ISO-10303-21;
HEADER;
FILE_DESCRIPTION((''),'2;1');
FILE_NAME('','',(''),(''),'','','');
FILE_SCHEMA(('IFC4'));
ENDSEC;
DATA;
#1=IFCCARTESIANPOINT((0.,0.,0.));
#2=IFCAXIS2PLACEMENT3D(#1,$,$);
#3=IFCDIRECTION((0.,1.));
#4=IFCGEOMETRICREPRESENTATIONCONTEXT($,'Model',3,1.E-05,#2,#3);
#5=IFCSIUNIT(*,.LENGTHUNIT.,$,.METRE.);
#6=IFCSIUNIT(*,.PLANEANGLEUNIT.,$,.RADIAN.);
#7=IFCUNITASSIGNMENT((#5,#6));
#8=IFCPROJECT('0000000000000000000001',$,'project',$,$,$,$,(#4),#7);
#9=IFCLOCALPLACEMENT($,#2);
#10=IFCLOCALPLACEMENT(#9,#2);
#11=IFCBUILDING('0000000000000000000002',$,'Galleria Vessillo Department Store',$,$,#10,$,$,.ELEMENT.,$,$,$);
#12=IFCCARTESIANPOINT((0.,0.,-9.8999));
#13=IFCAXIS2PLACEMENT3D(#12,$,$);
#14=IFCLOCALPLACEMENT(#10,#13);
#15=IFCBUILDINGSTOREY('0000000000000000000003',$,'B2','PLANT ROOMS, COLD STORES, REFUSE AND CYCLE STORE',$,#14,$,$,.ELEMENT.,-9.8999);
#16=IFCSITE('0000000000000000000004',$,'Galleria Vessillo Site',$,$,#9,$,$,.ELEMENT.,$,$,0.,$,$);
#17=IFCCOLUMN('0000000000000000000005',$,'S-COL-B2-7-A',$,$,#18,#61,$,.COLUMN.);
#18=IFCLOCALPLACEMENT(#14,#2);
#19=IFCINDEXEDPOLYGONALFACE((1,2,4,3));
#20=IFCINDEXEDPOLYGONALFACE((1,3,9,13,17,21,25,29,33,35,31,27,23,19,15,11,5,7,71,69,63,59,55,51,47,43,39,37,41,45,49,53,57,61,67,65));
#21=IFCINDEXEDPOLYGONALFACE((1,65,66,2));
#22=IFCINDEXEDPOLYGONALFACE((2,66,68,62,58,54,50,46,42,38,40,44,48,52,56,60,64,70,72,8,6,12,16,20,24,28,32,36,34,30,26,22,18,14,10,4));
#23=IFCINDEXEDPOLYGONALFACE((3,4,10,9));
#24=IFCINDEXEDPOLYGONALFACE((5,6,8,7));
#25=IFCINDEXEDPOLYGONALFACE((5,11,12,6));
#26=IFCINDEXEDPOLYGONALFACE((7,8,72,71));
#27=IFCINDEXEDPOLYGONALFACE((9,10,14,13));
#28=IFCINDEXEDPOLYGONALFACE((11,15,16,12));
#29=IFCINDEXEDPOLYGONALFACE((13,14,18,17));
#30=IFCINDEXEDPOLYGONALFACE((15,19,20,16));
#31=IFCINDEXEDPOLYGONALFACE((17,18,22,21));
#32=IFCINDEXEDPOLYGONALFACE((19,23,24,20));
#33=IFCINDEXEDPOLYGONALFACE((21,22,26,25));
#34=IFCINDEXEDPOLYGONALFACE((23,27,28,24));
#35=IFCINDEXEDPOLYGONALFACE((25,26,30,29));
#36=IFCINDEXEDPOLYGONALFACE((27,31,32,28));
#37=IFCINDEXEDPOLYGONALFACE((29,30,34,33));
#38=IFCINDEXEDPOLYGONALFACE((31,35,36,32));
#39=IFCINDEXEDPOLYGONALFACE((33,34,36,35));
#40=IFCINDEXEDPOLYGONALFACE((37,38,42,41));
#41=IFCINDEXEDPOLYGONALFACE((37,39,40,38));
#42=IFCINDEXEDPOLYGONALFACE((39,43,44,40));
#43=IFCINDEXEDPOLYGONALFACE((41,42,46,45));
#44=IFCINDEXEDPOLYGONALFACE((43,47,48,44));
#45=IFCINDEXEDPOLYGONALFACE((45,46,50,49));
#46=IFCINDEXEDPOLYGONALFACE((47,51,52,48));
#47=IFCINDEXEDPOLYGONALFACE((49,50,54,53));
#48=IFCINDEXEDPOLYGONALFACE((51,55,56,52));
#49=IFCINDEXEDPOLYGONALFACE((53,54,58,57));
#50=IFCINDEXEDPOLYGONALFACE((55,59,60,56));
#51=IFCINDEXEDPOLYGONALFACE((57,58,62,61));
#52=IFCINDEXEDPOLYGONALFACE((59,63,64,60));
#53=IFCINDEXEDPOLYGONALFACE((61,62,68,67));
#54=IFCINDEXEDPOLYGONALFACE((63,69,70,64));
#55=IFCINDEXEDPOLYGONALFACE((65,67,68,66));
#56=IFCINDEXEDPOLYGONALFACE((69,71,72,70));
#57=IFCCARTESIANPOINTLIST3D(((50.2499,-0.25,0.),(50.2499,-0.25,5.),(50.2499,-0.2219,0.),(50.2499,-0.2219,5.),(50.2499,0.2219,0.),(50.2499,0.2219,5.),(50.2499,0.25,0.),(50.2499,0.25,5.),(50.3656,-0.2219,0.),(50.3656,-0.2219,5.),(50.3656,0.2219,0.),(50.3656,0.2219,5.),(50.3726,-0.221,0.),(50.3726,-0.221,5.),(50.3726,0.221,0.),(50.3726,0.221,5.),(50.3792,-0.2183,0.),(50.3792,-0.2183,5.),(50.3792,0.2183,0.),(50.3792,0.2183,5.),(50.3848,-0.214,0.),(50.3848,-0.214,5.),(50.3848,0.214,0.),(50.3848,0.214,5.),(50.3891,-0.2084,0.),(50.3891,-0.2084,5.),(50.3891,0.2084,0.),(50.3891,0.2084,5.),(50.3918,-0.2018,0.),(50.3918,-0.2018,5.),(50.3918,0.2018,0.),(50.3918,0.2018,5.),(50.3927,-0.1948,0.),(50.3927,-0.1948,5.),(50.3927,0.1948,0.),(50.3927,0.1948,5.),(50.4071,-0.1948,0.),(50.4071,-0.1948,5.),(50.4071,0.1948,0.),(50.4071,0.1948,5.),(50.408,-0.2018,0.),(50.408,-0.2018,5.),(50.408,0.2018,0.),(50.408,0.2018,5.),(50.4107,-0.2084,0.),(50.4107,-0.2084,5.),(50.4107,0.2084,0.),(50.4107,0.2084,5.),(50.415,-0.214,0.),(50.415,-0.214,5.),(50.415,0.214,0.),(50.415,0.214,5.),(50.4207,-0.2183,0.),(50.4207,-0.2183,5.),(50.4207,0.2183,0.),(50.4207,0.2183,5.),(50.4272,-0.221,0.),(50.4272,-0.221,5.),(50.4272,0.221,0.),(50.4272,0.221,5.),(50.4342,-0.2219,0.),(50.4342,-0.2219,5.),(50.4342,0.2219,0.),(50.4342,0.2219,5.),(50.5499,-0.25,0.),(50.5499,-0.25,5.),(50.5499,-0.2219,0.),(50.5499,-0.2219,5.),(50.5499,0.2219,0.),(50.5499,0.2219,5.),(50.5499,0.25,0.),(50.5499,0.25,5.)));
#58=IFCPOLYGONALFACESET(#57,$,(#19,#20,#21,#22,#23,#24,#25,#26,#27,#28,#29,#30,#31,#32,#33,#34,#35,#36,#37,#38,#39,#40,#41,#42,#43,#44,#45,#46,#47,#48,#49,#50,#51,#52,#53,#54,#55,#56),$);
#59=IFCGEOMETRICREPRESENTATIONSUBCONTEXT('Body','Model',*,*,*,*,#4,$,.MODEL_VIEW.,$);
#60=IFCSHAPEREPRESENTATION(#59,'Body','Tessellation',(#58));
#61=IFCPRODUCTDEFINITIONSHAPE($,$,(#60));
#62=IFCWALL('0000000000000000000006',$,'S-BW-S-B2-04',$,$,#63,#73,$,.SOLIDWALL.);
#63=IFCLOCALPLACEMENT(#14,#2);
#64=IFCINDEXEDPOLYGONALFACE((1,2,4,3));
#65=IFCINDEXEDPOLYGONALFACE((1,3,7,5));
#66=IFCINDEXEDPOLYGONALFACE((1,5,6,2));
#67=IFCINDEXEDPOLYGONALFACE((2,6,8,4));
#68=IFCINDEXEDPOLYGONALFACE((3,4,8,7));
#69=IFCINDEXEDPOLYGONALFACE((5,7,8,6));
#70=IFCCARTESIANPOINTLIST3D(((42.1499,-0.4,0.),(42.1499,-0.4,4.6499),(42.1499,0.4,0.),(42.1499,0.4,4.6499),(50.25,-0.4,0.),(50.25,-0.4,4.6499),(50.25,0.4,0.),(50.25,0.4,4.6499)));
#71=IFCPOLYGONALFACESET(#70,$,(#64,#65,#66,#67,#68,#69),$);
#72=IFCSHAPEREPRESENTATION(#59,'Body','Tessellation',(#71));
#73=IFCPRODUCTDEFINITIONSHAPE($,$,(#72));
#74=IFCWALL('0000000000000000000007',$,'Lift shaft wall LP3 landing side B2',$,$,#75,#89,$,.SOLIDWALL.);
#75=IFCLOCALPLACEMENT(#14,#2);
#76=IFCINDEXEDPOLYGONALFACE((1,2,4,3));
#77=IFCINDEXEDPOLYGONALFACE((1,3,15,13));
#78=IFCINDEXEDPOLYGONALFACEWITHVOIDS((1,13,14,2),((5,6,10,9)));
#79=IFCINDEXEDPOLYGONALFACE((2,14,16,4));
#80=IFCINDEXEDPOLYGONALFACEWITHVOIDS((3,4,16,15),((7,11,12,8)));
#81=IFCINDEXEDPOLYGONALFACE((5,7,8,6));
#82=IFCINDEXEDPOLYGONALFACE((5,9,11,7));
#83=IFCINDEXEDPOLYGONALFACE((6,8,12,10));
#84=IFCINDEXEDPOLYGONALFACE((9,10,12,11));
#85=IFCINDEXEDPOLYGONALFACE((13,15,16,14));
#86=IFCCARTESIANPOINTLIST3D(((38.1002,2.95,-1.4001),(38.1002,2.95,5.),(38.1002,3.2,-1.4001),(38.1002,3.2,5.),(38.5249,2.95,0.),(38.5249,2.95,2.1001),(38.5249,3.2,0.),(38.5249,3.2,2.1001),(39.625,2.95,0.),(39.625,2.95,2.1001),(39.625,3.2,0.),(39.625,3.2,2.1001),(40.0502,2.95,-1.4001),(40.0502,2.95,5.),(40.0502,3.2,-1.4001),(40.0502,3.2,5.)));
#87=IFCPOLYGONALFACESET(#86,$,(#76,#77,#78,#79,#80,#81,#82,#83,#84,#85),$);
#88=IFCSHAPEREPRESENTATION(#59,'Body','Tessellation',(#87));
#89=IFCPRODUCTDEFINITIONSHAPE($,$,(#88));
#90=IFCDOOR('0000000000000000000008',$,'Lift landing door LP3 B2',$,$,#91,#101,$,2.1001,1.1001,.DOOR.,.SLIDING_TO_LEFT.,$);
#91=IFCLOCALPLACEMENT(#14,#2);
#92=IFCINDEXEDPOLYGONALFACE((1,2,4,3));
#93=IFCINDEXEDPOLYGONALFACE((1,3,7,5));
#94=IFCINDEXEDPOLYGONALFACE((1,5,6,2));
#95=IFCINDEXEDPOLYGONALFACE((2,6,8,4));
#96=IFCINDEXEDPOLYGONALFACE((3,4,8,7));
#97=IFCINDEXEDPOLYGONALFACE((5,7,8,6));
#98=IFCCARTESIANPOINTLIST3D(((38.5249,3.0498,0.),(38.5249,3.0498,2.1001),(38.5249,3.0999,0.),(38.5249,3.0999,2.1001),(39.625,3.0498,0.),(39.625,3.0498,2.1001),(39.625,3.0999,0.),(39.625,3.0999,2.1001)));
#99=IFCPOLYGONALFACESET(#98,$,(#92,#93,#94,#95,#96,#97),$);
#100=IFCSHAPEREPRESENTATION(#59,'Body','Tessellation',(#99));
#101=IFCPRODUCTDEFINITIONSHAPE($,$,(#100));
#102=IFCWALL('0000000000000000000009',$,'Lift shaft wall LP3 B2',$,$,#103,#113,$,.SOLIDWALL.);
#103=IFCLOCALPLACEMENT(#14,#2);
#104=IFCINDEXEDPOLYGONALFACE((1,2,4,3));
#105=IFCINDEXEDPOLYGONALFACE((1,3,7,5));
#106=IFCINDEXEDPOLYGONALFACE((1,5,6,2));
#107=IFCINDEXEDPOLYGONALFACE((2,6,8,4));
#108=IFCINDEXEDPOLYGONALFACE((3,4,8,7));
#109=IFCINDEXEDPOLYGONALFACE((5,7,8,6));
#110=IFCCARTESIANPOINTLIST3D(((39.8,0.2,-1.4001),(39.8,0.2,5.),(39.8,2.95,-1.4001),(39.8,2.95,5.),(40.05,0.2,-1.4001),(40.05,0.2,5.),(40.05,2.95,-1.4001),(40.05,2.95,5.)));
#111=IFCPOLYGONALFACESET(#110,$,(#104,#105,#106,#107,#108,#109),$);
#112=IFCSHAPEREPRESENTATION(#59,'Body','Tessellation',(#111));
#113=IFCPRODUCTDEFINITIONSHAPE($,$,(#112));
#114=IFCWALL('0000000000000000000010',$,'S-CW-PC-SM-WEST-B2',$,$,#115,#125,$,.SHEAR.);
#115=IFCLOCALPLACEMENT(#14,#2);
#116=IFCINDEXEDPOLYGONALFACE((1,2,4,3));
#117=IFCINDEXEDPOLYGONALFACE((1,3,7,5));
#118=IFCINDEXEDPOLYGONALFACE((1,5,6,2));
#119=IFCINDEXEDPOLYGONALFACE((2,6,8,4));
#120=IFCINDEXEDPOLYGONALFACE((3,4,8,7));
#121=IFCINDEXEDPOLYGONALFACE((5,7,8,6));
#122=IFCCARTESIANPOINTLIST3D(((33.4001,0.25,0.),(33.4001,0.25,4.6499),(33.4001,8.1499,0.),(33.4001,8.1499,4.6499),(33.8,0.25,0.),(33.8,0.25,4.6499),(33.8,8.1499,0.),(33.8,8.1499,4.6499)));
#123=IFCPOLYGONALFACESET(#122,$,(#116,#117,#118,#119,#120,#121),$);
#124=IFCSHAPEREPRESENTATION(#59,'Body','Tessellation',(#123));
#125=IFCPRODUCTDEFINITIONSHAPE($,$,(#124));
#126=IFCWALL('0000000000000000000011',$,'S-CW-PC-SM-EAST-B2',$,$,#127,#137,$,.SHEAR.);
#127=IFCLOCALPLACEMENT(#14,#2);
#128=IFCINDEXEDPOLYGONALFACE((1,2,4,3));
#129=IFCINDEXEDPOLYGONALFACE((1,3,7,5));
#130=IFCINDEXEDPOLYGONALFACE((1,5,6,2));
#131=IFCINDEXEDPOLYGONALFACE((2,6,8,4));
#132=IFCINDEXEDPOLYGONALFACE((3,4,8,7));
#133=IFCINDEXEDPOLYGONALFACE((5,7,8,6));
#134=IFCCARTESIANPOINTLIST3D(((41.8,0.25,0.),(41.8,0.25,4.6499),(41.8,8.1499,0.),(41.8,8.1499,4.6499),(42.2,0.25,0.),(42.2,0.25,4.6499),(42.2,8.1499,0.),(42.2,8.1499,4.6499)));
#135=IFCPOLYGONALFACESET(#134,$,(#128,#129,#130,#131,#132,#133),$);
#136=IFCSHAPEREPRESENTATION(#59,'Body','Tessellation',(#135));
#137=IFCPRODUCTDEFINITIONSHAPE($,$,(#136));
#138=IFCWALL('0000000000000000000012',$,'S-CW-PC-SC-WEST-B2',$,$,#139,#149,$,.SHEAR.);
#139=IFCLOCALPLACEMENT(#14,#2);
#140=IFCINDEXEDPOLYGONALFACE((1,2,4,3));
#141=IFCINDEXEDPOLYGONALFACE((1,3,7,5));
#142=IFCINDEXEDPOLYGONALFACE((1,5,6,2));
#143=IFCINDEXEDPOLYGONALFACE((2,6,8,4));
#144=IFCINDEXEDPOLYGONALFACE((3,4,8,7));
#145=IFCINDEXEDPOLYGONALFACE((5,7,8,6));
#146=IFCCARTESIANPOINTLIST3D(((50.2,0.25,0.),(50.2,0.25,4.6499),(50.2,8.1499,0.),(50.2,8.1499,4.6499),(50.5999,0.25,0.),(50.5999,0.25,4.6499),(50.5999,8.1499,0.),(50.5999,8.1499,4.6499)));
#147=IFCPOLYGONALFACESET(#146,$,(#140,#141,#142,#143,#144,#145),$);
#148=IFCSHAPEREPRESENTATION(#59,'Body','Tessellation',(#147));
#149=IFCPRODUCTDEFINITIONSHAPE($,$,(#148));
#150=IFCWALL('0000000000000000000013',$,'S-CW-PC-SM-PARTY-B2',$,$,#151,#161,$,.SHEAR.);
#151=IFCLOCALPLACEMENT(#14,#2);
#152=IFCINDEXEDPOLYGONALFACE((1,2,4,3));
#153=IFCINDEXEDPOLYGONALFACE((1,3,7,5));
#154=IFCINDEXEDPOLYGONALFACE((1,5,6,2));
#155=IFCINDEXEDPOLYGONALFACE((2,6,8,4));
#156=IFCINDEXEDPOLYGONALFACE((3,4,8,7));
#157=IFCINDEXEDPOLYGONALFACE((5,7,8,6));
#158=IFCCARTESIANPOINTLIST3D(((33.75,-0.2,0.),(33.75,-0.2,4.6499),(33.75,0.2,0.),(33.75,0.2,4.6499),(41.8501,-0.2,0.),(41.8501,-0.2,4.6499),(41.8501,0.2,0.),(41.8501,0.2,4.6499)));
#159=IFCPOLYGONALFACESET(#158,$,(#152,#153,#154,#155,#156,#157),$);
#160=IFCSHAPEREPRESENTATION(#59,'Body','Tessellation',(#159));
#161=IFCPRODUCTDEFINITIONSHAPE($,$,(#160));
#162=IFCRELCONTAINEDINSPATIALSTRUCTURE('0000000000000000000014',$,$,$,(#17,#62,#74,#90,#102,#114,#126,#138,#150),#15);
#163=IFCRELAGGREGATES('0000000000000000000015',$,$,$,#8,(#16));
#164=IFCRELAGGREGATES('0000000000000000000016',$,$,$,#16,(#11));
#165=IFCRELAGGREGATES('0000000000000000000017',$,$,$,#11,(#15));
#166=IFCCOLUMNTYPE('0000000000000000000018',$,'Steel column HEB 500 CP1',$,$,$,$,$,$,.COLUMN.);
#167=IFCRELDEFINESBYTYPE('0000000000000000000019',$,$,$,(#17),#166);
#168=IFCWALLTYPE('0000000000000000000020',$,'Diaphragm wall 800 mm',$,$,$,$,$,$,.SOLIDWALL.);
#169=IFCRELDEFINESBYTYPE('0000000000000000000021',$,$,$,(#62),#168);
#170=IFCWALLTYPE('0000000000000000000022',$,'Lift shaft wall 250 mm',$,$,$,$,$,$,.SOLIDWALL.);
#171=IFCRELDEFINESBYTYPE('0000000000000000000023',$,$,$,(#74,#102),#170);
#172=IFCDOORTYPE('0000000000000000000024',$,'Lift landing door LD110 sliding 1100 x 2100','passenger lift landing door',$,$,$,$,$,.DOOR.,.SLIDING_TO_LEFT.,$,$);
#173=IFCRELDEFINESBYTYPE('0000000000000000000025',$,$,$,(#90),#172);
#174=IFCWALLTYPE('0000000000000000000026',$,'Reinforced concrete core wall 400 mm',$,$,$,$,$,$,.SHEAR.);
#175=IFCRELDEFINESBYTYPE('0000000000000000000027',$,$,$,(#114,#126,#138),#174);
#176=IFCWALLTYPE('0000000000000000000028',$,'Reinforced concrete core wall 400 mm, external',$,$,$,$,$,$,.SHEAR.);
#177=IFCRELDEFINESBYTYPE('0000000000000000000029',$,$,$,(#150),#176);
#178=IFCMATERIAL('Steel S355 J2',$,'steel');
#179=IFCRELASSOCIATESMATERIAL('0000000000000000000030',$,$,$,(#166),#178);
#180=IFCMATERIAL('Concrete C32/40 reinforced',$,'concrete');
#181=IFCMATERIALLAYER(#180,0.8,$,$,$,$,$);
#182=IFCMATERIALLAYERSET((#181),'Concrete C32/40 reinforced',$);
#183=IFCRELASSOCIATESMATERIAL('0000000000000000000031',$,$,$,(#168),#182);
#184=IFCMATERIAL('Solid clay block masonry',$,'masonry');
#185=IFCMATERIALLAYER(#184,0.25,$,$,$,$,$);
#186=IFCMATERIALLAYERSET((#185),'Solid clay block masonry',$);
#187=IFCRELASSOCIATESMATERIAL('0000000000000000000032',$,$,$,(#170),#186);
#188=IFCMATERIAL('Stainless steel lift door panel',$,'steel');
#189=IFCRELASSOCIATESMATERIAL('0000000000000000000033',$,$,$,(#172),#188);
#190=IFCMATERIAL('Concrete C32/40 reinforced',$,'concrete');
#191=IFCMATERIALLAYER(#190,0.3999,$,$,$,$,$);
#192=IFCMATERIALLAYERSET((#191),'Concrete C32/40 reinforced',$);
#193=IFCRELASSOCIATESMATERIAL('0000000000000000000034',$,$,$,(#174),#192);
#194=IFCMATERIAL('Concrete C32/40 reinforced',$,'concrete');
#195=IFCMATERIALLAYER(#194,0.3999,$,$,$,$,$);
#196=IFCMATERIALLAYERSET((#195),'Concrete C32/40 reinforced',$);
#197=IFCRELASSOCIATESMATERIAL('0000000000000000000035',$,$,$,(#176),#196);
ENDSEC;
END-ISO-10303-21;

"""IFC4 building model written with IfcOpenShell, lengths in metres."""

from ifc_helpers import new_model, si_unit, direction, frame, frame_2d, origin, origin_2d, place, context, subcontext, project, spatial, rectangle, i_section, extrude, material, layer, layer_set, material_profile, profile_set, type_object, element, fill, save


model = new_model("IFC4")

# Units and contexts
model_context = context("Model", 3, precision=1e-05, world=origin(), true_north=direction((0.0, 1.0)))
body_context = subcontext(model_context, "Body", "Model", "MODEL_VIEW")
ifc_project = project(units=[si_unit("LENGTHUNIT", "METRE"), si_unit("PLANEANGLEUNIT", "RADIAN")], contexts=[model_context])

# Site, building, storey
site_placement = place(None, origin())
site = spatial("IfcSite", under=ifc_project, at=site_placement, Name="Galleria Vessillo Site", CompositionType="ELEMENT", RefElevation=0.0)
building_placement = place(site_placement, origin())
building = spatial("IfcBuilding", under=site, at=building_placement, Name="Galleria Vessillo Department Store", CompositionType="ELEMENT")
storey_placement = place(building_placement, frame((0.0, 0.0, -9.8999)))
storey = spatial("IfcBuildingStorey", under=building, at=storey_placement, Name="B2", Description="PLANT ROOMS, COLD STORES, REFUSE AND CYCLE STORE", CompositionType="ELEMENT", Elevation=-9.8999)

# Column
ifc_material_1 = material(Name="Steel S355 J2", Category="steel")
ifc_material_profile_1 = material_profile(ifc_material_1, i_section(OverallWidth=0.3, OverallDepth=0.5, WebThickness=0.0144, FlangeThickness=0.0281, FilletRadius=0.0271, at=origin_2d()), Name="HEB 500")
ifc_profile_set_1 = profile_set([ifc_material_profile_1], Name="Steel S355 J2")
column_type = type_object("IfcColumnType", Name="Steel column HEB 500 CP1", PredefinedType="COLUMN", material=ifc_profile_set_1)
for number, where, z_axis, x_axis, name in (
    (1, (50.3999, 0.0, 0.0), (0.0, 0.0, 1.0), (1.0, 0.0, 0.0), "S-COL-B2-7-A"),
):
    element("IfcColumn", number, at=place(storey_placement, frame(where, z_axis=z_axis, x_axis=x_axis)), inside=storey, type_object=column_type, Name=name, PredefinedType="COLUMN", context=body_context, shape_type="SweptSolid", body=[
        extrude(i_section(OverallWidth=0.3, OverallDepth=0.5, WebThickness=0.0144, FlangeThickness=0.0281, FilletRadius=0.0271, at=origin_2d()), origin(), (0.0, 0.0, 1.0), 5.0),
    ])

# Wall
ifc_material_2 = material(Name="Concrete C32/40 reinforced", Category="concrete")
ifc_layer_1 = layer(ifc_material_2, 0.8)
ifc_layer_set_1 = layer_set([ifc_layer_1], Name="Concrete C32/40 reinforced")
wall_type_1 = type_object("IfcWallType", Name="Diaphragm wall 800 mm", PredefinedType="SOLIDWALL", material=ifc_layer_set_1)
wall_1_placement = place(storey_placement, frame((42.1499, 0.0, 0.0), z_axis=(0.0, 0.0, 1.0), x_axis=(1.0, 0.0, 0.0)))
element("IfcWall", 2, at=wall_1_placement, inside=storey, type_object=wall_type_1, Name="S-BW-S-B2-04", PredefinedType="SOLIDWALL", context=body_context, shape_type="SweptSolid", body=[
    extrude(rectangle(XDim=8.1001, YDim=0.8, at=frame_2d((4.05, 0.0))), origin(), (0.0, 0.0, 1.0), 4.6499),
])

# Wall, opening, door
ifc_material_3 = material(Name="Solid clay block masonry", Category="masonry")
ifc_layer_2 = layer(ifc_material_3, 0.25)
ifc_layer_set_2 = layer_set([ifc_layer_2], Name="Solid clay block masonry")
wall_type_2 = type_object("IfcWallType", Name="Lift shaft wall 250 mm", PredefinedType="SOLIDWALL", material=ifc_layer_set_2)
wall_2_placement = place(storey_placement, frame((38.1001, 3.075, -1.4001), z_axis=(0.0, 0.0, 1.0), x_axis=(1.0, 0.0, 0.0)))
wall_2 = element("IfcWall", 3, at=wall_2_placement, inside=storey, type_object=wall_type_2, Name="Lift shaft wall LP3 landing side B2", PredefinedType="SOLIDWALL", context=body_context, shape_type="SweptSolid", body=[
    extrude(rectangle(XDim=1.95, YDim=0.25, at=frame_2d((0.9751, 0.0))), origin(), (0.0, 0.0, 1.0), 6.4001),
])
opening_1_placement = place(wall_2_placement, frame((0.4248, 0.0, 1.4001)))
opening_1 = element("IfcOpeningElement", 4, at=opening_1_placement, cuts=wall_2, PredefinedType="OPENING", context=body_context, shape_type="SweptSolid", body=[
    extrude(rectangle(XDim=1.1001, YDim=2.1001, at=frame_2d((0.55, 1.05))), frame((0.0, 0.135, 0.0), z_axis=(0.0, -1.0, 0.0), x_axis=(1.0, 0.0, 0.0)), (0.0, 0.0, 1.0), 0.27),
])
ifc_material_4 = material(Name="Stainless steel lift door panel", Category="steel")
door_type_1 = type_object("IfcDoorType", Name="Lift landing door LD110 sliding 1100 x 2100", Description="passenger lift landing door", OperationType="SLIDING_TO_LEFT", PredefinedType="DOOR", material=ifc_material_4)
door_1_placement = place(opening_1_placement, origin())
door_1 = element("IfcDoor", 5, at=door_1_placement, inside=storey, type_object=door_type_1, Name="Lift landing door LP3 B2", OperationType="SLIDING_TO_LEFT", OverallHeight=2.1001, OverallWidth=1.1001, PredefinedType="DOOR", context=body_context, shape_type="SweptSolid", body=[
    extrude(rectangle(XDim=1.1001, YDim=2.1001, at=frame_2d((0.55, 1.05))), frame((0.0, 0.0249, 0.0), z_axis=(0.0, -1.0, 0.0), x_axis=(1.0, 0.0, 0.0)), (0.0, 0.0, 1.0), 0.05),
])
fill(opening_1, door_1)

# Walls
wall_3_placement = place(storey_placement, frame((39.925, 0.2, -1.4001), z_axis=(0.0, 0.0, 1.0), x_axis=(0.0, 1.0, 0.0)))
element("IfcWall", 6, at=wall_3_placement, inside=storey, type_object=wall_type_2, Name="Lift shaft wall LP3 B2", PredefinedType="SOLIDWALL", context=body_context, shape_type="SweptSolid", body=[
    extrude(rectangle(XDim=2.75, YDim=0.25, at=frame_2d((1.375, 0.0))), origin(), (0.0, 0.0, 1.0), 6.4001),
])
ifc_material_5 = material(Name="Concrete C32/40 reinforced", Category="concrete")
ifc_layer_3 = layer(ifc_material_5, 0.3999)
ifc_layer_set_3 = layer_set([ifc_layer_3], Name="Concrete C32/40 reinforced")
wall_type_3 = type_object("IfcWallType", Name="Reinforced concrete core wall 400 mm", PredefinedType="SHEAR", material=ifc_layer_set_3)
for number, where, z_axis, x_axis, name in (
    (7, (33.6001, 0.25, 0.0), (0.0, 0.0, 1.0), (0.0, 1.0, 0.0), "S-CW-PC-SM-WEST-B2"),
    (8, (42.0, 0.25, 0.0), (0.0, 0.0, 1.0), (0.0, 1.0, 0.0), "S-CW-PC-SM-EAST-B2"),
    (9, (50.3999, 0.25, 0.0), (0.0, 0.0, 1.0), (0.0, 1.0, 0.0), "S-CW-PC-SC-WEST-B2"),
):
    element("IfcWall", number, at=place(storey_placement, frame(where, z_axis=z_axis, x_axis=x_axis)), inside=storey, type_object=wall_type_3, Name=name, PredefinedType="SHEAR", context=body_context, shape_type="SweptSolid", body=[
        extrude(rectangle(XDim=7.8999, YDim=0.3999, at=frame_2d((3.95, 0.0))), origin(), (0.0, 0.0, 1.0), 4.6499),
    ])
ifc_material_6 = material(Name="Concrete C32/40 reinforced", Category="concrete")
ifc_layer_4 = layer(ifc_material_6, 0.3999)
ifc_layer_set_4 = layer_set([ifc_layer_4], Name="Concrete C32/40 reinforced")
wall_type_4 = type_object("IfcWallType", Name="Reinforced concrete core wall 400 mm, external", PredefinedType="SHEAR", material=ifc_layer_set_4)
wall_4_placement = place(storey_placement, frame((33.75, 0.0, 0.0), z_axis=(0.0, 0.0, 1.0), x_axis=(1.0, 0.0, 0.0)))
element("IfcWall", 10, at=wall_4_placement, inside=storey, type_object=wall_type_4, Name="S-CW-PC-SM-PARTY-B2", PredefinedType="SHEAR", context=body_context, shape_type="SweptSolid", body=[
    extrude(rectangle(XDim=8.1001, YDim=0.3999, at=frame_2d((4.05, 0.0))), origin(), (0.0, 0.0, 1.0), 4.6499),
])

save(model, "model.ifc")
